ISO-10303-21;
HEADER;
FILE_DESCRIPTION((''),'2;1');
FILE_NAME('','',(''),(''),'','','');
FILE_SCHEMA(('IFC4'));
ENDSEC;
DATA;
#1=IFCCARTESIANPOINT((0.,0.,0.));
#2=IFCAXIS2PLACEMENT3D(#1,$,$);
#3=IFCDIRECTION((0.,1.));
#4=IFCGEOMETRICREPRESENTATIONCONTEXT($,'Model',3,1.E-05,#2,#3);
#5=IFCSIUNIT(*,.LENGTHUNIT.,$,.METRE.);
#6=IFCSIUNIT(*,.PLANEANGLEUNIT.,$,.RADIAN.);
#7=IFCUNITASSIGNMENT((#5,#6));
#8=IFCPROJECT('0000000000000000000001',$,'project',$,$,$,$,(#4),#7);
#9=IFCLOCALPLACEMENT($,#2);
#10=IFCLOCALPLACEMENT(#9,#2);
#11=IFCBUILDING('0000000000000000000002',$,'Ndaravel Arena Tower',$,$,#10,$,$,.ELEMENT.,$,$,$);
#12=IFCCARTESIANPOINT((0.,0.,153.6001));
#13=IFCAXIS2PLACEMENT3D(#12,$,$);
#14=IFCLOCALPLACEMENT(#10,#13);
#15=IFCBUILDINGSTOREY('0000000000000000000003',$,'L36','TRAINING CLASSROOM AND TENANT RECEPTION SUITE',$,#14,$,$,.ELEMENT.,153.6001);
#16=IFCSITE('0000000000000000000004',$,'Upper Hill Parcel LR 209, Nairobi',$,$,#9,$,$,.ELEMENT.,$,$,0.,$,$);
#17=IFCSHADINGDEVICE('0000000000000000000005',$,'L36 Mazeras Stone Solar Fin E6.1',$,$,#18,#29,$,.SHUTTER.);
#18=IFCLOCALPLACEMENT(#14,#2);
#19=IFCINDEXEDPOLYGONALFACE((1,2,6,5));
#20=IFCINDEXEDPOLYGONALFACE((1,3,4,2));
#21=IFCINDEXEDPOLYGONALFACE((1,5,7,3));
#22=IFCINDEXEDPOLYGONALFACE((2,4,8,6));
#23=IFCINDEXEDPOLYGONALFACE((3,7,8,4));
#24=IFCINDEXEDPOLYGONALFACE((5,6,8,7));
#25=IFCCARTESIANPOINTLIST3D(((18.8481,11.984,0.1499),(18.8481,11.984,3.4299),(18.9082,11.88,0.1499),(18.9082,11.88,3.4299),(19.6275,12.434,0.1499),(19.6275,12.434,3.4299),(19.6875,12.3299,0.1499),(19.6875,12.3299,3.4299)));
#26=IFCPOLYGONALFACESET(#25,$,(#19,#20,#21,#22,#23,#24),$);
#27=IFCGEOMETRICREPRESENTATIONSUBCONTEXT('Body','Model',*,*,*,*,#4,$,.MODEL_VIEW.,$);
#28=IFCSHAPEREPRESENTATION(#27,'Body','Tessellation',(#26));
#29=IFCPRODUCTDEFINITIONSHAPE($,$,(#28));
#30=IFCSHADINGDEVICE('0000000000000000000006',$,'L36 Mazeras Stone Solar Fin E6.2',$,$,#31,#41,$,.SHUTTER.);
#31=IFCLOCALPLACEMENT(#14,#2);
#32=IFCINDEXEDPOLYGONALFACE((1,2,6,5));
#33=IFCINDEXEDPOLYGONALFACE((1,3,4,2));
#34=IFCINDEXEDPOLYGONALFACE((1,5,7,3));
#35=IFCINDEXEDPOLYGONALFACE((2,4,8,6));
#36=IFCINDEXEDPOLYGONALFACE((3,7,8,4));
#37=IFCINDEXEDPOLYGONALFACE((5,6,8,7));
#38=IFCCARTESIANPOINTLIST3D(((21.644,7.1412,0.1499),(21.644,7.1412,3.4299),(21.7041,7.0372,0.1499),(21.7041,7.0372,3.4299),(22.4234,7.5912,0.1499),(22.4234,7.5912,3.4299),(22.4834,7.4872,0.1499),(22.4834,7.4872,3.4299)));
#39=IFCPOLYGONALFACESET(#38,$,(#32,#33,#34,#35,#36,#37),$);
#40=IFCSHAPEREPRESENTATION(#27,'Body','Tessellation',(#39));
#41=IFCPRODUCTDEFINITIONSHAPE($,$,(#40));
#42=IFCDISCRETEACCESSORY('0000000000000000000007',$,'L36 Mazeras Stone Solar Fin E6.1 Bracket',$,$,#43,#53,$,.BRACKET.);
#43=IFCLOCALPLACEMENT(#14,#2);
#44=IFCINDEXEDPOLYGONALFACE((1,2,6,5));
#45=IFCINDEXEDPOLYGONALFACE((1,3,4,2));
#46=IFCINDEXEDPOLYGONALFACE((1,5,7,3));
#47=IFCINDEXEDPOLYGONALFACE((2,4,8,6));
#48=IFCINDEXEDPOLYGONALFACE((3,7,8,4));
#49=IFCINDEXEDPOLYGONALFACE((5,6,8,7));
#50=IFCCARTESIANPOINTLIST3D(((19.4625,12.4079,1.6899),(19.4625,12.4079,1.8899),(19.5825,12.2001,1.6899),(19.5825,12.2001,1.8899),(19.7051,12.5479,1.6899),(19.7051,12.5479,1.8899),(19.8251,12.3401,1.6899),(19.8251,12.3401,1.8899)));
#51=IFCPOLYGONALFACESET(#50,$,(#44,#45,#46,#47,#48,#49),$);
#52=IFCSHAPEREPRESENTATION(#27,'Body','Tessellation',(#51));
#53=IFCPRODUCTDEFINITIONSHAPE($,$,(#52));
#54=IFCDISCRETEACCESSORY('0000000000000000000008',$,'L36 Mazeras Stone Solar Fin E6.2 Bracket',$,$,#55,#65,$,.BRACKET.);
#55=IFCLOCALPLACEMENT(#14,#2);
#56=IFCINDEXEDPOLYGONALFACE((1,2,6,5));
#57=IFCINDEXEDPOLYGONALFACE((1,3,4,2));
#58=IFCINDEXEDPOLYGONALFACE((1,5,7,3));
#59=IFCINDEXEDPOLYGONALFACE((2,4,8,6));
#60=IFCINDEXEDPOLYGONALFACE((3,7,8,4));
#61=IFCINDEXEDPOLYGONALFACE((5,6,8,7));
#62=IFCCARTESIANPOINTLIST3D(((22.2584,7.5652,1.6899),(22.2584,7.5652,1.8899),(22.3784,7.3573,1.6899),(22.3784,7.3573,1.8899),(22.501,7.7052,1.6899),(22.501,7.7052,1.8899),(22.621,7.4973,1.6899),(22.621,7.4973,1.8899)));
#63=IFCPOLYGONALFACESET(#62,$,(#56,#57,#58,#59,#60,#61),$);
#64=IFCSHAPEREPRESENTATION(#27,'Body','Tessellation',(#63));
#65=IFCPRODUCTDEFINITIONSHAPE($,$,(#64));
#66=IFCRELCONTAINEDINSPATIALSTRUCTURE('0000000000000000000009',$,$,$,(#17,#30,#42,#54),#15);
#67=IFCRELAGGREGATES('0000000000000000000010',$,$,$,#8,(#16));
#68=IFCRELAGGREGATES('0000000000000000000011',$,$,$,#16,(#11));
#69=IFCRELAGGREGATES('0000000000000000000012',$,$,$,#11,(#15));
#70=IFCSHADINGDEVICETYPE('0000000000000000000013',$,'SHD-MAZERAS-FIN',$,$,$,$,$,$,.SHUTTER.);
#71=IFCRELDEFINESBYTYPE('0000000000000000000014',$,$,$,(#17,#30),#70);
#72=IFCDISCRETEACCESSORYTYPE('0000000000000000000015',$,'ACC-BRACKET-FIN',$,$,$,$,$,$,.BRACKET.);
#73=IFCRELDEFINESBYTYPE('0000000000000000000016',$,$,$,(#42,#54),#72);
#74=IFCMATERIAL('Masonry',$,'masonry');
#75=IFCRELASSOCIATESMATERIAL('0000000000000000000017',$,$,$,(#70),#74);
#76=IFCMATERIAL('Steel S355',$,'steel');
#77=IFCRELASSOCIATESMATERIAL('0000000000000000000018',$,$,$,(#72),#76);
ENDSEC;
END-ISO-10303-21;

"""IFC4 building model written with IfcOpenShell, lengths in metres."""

from ifc_helpers import new_model, si_unit, direction, frame, origin, origin_2d, place, context, subcontext, project, spatial, rectangle, extrude, material, type_object, element, save


model = new_model("IFC4")

# Units and contexts
model_context = context("Model", 3, precision=1e-05, world=origin(), true_north=direction((0.0, 1.0)))
body_context = subcontext(model_context, "Body", "Model", "MODEL_VIEW")
ifc_project = project(units=[si_unit("LENGTHUNIT", "METRE"), si_unit("PLANEANGLEUNIT", "RADIAN")], contexts=[model_context])

# Site, building, storey
site_placement = place(None, origin())
site = spatial("IfcSite", under=ifc_project, at=site_placement, Name="Upper Hill Parcel LR 209, Nairobi", CompositionType="ELEMENT", RefElevation=0.0)
building_placement = place(site_placement, origin())
building = spatial("IfcBuilding", under=site, at=building_placement, Name="Ndaravel Arena Tower", CompositionType="ELEMENT")
storey_placement = place(building_placement, frame((0.0, 0.0, 153.6001)))
storey = spatial("IfcBuildingStorey", under=building, at=storey_placement, Name="L36", Description="TRAINING CLASSROOM AND TENANT RECEPTION SUITE", CompositionType="ELEMENT", Elevation=153.6001)

# Shading devices
ifc_material_1 = material(Name="Masonry", Category="masonry")
shading_device_type = type_object("IfcShadingDeviceType", Name="SHD-MAZERAS-FIN", PredefinedType="SHUTTER", material=ifc_material_1)
for number, where, z_axis, x_axis, name in (
    (1, (19.2678, 12.157, 0.1499), (0.0, 0.0, 1.0), (-0.866025, -0.5, 0.0), "L36 Mazeras Stone Solar Fin E6.1"),
    (2, (22.0637, 7.3142, 0.1499), (0.0, 0.0, 1.0), (-0.866025, -0.5, 0.0), "L36 Mazeras Stone Solar Fin E6.2"),
):
    element("IfcShadingDevice", number, at=place(storey_placement, frame(where, z_axis=z_axis, x_axis=x_axis)), inside=storey, type_object=shading_device_type, Name=name, PredefinedType="SHUTTER", context=body_context, shape_type="SweptSolid", body=[
        extrude(rectangle(XDim=0.8999, YDim=0.1201, at=origin_2d()), origin(), (0.0, 0.0, 1.0), 3.28),
    ])

# Discrete accessories
ifc_material_2 = material(Name="Steel S355", Category="steel")
discrete_accessory_type = type_object("IfcDiscreteAccessoryType", Name="ACC-BRACKET-FIN", PredefinedType="BRACKET", material=ifc_material_2)
for number, where, z_axis, x_axis, name in (
    (3, (19.6438, 12.374, 1.6899), (0.0, 0.0, 1.0), (-0.866025, -0.5, 0.0), "L36 Mazeras Stone Solar Fin E6.1 Bracket"),
    (4, (22.4397, 7.5312, 1.6899), (0.0, 0.0, 1.0), (-0.866025, -0.5, 0.0), "L36 Mazeras Stone Solar Fin E6.2 Bracket"),
):
    element("IfcDiscreteAccessory", number, at=place(storey_placement, frame(where, z_axis=z_axis, x_axis=x_axis)), inside=storey, type_object=discrete_accessory_type, Name=name, PredefinedType="BRACKET", context=body_context, shape_type="SweptSolid", body=[
        extrude(rectangle(XDim=0.28, YDim=0.24, at=origin_2d()), origin(), (0.0, 0.0, 1.0), 0.2),
    ])

save(model, "model.ifc")
